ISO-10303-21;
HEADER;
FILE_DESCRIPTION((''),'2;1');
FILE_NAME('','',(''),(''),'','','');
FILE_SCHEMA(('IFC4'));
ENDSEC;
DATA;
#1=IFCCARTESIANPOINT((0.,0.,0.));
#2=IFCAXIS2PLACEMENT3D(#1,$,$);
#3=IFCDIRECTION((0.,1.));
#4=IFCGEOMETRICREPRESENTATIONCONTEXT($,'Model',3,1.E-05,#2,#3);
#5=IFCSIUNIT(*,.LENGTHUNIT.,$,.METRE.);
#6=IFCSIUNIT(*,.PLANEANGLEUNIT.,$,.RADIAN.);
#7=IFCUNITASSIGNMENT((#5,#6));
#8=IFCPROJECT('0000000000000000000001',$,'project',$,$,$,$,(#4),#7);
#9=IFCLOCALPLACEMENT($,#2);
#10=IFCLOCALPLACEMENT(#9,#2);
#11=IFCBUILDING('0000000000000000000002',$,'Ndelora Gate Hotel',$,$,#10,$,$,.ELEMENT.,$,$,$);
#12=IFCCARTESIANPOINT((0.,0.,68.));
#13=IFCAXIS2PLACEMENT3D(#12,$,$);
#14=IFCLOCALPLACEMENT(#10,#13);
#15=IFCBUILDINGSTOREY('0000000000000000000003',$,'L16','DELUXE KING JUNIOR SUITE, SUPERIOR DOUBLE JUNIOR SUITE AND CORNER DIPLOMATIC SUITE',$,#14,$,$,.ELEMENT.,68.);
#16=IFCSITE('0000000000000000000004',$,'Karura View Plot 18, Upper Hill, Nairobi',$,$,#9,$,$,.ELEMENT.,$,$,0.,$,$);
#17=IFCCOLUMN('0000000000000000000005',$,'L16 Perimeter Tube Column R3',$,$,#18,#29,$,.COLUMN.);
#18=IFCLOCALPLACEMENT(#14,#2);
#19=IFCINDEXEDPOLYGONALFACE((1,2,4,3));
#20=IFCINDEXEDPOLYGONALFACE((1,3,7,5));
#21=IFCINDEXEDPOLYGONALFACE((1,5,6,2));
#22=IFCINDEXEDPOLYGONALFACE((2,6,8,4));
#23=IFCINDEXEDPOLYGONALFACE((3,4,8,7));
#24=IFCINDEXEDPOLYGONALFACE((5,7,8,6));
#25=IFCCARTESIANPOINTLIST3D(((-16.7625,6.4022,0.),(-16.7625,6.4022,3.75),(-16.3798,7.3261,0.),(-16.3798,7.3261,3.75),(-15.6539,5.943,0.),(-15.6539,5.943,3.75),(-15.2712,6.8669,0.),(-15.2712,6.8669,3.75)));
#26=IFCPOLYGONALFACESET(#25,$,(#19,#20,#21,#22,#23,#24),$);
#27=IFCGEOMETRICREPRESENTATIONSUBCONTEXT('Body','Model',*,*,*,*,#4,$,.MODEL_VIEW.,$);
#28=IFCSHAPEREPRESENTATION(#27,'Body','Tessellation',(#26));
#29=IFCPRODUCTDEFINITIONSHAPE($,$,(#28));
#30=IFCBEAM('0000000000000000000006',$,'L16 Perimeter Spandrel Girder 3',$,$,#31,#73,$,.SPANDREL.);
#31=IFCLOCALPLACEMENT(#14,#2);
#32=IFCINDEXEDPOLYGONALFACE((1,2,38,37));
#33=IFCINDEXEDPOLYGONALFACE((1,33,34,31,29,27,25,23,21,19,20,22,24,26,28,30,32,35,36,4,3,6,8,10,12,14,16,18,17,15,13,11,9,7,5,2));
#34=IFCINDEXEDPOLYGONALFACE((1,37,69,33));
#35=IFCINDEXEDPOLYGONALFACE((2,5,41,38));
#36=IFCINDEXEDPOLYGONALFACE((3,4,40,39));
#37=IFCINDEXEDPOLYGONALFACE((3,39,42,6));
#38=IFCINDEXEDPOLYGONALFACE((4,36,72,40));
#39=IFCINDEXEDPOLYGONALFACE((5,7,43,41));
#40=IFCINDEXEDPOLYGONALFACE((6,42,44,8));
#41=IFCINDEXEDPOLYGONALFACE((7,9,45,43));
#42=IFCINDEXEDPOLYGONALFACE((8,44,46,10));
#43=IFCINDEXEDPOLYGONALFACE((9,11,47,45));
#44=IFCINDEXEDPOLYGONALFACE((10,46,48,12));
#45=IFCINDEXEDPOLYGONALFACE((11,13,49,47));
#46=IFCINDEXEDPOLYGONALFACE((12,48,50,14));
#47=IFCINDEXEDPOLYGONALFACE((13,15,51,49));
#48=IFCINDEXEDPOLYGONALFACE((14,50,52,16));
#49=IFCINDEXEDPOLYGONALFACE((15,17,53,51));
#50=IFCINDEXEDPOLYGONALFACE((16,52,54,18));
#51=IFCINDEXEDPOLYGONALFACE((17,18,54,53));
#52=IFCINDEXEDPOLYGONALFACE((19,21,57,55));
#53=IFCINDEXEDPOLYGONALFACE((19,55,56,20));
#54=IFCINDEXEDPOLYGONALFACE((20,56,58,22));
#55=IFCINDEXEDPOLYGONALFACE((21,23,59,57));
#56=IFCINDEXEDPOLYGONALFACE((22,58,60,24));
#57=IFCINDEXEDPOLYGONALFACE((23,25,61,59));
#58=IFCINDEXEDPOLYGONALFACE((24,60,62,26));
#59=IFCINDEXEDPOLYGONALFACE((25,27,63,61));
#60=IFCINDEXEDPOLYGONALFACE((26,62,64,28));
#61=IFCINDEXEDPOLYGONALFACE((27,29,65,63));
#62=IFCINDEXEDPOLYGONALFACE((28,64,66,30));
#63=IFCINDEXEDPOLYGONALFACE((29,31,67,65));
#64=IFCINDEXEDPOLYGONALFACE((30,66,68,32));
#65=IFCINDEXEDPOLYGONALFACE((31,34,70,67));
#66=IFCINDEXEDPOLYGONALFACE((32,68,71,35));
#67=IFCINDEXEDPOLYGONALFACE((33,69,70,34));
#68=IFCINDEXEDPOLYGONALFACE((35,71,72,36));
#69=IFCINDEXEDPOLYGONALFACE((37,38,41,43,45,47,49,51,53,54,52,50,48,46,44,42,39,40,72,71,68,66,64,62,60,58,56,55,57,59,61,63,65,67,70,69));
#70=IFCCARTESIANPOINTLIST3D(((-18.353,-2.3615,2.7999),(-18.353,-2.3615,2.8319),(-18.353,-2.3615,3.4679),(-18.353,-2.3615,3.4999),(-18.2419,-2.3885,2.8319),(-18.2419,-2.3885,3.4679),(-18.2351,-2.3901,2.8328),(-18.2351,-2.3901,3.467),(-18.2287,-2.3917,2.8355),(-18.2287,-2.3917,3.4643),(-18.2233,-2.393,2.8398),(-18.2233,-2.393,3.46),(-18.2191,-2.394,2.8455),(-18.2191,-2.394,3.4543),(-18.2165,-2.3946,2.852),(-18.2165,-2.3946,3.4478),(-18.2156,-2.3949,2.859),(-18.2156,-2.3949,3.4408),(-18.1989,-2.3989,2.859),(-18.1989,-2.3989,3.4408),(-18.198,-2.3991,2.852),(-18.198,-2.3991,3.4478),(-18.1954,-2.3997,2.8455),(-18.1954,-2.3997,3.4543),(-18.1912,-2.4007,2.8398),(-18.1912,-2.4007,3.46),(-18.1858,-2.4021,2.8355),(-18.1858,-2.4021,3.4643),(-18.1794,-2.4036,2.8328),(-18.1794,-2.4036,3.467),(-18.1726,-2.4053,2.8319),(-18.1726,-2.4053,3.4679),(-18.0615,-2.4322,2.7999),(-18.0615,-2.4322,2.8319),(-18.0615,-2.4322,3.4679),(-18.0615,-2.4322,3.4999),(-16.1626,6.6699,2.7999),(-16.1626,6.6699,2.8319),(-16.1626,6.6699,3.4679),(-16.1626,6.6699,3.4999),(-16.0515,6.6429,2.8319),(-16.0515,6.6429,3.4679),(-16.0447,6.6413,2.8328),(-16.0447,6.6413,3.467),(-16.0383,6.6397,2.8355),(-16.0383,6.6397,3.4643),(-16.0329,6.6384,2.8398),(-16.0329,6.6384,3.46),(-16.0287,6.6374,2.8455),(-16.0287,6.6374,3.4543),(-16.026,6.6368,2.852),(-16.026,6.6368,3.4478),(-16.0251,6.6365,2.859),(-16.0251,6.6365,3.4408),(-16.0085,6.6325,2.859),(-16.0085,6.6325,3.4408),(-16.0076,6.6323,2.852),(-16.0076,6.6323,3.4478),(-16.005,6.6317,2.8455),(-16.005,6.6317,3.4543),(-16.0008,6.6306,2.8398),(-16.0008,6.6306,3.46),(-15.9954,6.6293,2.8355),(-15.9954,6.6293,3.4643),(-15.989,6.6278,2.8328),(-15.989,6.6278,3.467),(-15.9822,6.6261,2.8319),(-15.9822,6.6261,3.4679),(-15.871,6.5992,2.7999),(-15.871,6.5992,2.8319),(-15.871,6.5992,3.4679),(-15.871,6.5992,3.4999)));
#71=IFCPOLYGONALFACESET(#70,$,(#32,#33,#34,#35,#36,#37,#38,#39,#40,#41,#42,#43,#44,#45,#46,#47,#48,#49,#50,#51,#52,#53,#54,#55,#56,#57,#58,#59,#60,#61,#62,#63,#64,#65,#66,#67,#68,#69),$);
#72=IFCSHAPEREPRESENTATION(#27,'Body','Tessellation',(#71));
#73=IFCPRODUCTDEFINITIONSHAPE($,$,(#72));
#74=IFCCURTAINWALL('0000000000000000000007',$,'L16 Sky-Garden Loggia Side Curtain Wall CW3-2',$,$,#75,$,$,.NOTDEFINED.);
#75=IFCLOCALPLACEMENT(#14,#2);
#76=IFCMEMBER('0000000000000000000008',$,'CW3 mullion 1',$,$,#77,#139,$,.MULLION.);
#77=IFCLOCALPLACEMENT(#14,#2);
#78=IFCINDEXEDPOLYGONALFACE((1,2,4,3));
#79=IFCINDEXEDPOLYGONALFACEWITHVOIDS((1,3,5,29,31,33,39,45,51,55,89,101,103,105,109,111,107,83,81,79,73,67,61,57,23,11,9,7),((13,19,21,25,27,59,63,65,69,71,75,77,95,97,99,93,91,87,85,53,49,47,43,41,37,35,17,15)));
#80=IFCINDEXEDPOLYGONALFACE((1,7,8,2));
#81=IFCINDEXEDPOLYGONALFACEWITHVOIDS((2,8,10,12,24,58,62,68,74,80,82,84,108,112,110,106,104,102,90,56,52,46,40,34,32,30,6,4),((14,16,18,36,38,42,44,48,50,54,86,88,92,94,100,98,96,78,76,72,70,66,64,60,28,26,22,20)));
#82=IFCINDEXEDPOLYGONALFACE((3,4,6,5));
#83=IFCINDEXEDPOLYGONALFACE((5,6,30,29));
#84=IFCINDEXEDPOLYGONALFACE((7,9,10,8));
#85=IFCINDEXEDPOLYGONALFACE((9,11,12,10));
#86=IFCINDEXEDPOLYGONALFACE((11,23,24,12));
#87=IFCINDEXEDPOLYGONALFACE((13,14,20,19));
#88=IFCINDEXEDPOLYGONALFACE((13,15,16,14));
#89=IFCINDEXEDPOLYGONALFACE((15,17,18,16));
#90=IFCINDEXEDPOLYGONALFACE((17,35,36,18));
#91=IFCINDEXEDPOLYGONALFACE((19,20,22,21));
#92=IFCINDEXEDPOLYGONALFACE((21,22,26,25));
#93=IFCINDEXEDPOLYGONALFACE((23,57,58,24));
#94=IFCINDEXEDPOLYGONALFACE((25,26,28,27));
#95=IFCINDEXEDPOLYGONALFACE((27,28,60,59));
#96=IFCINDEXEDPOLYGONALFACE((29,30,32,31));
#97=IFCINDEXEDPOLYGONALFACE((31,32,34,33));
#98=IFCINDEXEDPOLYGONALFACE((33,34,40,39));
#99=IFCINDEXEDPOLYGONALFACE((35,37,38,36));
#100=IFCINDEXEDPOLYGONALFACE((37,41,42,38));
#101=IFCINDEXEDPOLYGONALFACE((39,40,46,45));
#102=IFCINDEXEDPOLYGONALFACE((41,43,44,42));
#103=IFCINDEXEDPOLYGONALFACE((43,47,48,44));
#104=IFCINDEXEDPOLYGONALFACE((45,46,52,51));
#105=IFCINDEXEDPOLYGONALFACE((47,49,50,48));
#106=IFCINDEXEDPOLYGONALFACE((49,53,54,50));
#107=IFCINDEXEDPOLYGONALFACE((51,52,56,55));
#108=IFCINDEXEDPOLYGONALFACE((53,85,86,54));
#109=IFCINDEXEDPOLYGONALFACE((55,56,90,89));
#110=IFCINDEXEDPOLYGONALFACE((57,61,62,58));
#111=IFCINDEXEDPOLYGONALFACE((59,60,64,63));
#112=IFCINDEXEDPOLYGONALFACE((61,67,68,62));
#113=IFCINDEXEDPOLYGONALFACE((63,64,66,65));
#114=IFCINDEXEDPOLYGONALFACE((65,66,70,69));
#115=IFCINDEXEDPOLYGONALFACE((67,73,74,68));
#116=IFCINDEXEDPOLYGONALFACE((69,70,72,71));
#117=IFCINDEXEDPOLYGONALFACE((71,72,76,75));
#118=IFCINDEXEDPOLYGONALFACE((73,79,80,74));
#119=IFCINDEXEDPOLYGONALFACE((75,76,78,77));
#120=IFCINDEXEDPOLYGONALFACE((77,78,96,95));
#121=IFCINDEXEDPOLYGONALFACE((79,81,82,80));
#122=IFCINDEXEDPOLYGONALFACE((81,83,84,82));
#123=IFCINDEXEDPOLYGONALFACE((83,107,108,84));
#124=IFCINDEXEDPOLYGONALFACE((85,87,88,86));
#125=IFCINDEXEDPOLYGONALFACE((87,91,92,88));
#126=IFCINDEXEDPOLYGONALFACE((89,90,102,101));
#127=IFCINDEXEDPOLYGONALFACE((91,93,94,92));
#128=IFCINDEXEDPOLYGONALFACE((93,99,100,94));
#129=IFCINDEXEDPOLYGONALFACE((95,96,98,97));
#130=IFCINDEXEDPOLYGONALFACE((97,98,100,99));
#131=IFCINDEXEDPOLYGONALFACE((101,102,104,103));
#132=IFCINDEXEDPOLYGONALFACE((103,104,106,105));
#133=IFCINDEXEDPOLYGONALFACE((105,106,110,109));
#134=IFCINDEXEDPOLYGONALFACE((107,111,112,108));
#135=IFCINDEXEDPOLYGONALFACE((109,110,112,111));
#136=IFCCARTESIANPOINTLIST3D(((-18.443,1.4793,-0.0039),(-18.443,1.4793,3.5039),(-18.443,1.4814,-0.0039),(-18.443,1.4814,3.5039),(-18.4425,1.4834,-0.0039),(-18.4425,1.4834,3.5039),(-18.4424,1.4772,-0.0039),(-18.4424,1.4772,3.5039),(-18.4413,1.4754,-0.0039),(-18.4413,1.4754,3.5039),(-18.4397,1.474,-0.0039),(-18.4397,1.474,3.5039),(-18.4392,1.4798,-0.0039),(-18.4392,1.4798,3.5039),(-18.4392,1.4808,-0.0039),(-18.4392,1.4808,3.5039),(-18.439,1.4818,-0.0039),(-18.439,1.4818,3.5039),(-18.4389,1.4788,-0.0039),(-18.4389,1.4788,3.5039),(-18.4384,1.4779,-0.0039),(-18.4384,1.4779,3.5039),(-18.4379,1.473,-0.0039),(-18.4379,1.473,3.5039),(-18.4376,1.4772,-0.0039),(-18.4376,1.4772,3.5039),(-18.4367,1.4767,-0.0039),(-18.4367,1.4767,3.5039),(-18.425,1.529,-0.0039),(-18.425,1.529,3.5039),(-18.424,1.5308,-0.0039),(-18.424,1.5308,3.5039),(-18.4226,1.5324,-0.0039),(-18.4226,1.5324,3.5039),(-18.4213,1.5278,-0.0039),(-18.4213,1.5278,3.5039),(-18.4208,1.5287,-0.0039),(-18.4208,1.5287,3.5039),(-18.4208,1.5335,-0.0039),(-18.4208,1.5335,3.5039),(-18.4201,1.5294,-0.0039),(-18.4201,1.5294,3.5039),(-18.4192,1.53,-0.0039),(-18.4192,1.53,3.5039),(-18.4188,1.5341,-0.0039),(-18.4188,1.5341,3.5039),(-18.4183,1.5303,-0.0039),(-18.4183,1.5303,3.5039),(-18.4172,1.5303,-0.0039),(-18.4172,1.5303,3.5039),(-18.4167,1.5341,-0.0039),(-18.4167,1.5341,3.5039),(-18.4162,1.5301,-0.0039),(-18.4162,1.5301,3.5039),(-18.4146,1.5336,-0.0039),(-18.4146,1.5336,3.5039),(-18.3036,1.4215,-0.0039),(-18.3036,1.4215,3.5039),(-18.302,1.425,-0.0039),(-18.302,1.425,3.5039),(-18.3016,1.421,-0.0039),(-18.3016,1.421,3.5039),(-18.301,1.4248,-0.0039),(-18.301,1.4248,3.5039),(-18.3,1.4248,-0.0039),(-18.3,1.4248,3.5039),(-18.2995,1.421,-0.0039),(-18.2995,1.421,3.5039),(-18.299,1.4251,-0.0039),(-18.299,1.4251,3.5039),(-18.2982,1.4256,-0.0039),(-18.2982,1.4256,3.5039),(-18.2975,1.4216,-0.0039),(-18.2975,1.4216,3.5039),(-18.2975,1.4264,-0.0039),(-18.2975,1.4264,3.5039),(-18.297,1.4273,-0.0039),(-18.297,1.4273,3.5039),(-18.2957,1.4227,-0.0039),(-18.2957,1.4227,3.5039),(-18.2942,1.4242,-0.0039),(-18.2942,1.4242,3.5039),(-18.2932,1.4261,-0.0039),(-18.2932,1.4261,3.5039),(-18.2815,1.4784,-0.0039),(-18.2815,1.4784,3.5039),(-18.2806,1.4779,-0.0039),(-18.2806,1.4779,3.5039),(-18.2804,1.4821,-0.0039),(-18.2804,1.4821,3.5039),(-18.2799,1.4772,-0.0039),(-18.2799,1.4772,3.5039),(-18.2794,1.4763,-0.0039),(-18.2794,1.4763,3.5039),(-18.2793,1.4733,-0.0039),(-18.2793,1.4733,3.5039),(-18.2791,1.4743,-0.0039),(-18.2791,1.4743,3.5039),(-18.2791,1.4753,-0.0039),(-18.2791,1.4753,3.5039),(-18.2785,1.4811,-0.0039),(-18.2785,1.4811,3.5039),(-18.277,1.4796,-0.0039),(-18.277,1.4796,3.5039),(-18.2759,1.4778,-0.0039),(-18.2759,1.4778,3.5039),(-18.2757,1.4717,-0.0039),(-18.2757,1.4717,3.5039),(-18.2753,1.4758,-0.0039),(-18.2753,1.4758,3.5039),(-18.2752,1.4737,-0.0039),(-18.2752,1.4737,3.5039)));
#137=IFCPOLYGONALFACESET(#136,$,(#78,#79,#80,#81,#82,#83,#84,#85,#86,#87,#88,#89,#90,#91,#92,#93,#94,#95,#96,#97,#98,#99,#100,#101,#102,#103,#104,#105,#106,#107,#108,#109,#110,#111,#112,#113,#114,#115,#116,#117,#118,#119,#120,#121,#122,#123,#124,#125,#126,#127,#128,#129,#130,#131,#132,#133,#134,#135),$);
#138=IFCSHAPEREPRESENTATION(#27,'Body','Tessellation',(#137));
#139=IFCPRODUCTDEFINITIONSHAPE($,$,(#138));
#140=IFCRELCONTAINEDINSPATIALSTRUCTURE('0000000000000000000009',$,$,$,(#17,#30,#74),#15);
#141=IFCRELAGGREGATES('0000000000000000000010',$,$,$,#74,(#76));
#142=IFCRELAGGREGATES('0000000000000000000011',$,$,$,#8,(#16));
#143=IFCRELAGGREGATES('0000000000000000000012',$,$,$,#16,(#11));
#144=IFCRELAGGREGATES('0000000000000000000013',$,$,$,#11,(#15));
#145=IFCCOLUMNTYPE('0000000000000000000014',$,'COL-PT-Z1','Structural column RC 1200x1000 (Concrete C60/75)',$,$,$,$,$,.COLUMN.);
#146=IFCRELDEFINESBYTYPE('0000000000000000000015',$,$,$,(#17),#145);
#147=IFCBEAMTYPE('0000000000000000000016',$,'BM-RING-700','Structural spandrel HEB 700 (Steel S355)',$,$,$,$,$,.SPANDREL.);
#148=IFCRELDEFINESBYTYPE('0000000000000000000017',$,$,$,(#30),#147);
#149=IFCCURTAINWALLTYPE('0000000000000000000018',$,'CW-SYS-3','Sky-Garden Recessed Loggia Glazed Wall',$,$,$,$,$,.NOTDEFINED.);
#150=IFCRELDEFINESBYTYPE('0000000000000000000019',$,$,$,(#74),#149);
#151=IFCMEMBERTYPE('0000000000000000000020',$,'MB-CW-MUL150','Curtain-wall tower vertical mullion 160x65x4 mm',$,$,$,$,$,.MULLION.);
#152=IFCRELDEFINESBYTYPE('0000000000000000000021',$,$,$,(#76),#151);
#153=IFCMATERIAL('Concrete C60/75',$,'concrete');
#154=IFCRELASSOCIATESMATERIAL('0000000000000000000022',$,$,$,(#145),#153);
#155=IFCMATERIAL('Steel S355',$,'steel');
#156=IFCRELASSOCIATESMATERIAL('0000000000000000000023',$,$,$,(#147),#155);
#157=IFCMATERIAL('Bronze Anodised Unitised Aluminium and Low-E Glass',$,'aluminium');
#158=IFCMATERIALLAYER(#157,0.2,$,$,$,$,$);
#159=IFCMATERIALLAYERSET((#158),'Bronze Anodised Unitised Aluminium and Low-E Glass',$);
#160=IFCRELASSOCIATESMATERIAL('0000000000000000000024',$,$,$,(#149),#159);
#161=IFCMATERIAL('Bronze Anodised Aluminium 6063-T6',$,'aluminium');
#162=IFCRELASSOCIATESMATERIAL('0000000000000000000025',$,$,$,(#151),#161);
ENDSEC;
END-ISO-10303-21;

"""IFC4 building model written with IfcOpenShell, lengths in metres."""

from ifc_helpers import new_model, si_unit, direction, frame, origin, origin_2d, place, context, subcontext, project, spatial, rectangle, hollow_rectangle, i_section, extrude, material, layer, layer_set, material_profile, profile_set, type_object, element, aggregate, save


model = new_model("IFC4")

# Units and contexts
model_context = context("Model", 3, precision=1e-05, world=origin(), true_north=direction((0.0, 1.0)))
body_context = subcontext(model_context, "Body", "Model", "MODEL_VIEW")
ifc_project = project(units=[si_unit("LENGTHUNIT", "METRE"), si_unit("PLANEANGLEUNIT", "RADIAN")], contexts=[model_context])

# Site, building, storey
site_placement = place(None, origin())
site = spatial("IfcSite", under=ifc_project, at=site_placement, Name="Karura View Plot 18, Upper Hill, Nairobi", CompositionType="ELEMENT", RefElevation=0.0)
building_placement = place(site_placement, origin())
building = spatial("IfcBuilding", under=site, at=building_placement, Name="Ndelora Gate Hotel", CompositionType="ELEMENT")
storey_placement = place(building_placement, frame((0.0, 0.0, 68.0)))
storey = spatial("IfcBuildingStorey", under=building, at=storey_placement, Name="L16", Description="DELUXE KING JUNIOR SUITE, SUPERIOR DOUBLE JUNIOR SUITE AND CORNER DIPLOMATIC SUITE", CompositionType="ELEMENT", Elevation=68.0)

# Column
ifc_material_1 = material(Name="Concrete C60/75", Category="concrete")
ifc_material_profile_1 = material_profile(ifc_material_1, rectangle(XDim=1.0, YDim=1.2, at=origin_2d()), Name="RC 1200x1000")
ifc_profile_set_1 = profile_set([ifc_material_profile_1], Name="Concrete C60/75")
column_type = type_object("IfcColumnType", Name="COL-PT-Z1", Description="Structural column RC 1200x1000 (Concrete C60/75)", PredefinedType="COLUMN", material=ifc_profile_set_1)
column_placement = place(storey_placement, frame((-16.0168, 6.6345, 0.0), z_axis=(0.0, 0.0, 1.0), x_axis=(0.382683, 0.92388, 0.0)))
element("IfcColumn", 1, at=column_placement, inside=storey, type_object=column_type, Name="L16 Perimeter Tube Column R3", PredefinedType="COLUMN", context=body_context, shape_type="SweptSolid", body=[
    extrude(rectangle(XDim=1.0, YDim=1.2, at=origin_2d()), origin(), (0.0, 0.0, 1.0), 3.75),
])

# Beam
ifc_material_2 = material(Name="Steel S355", Category="steel")
ifc_material_profile_2 = material_profile(ifc_material_2, i_section(OverallWidth=0.3, OverallDepth=0.7, WebThickness=0.0171, FlangeThickness=0.032, FilletRadius=0.0271, at=origin_2d()), Name="HEB 700")
ifc_profile_set_2 = profile_set([ifc_material_profile_2], Name="Steel S355")
beam_type = type_object("IfcBeamType", Name="BM-RING-700", Description="Structural spandrel HEB 700 (Steel S355)", PredefinedType="SPANDREL", material=ifc_profile_set_2)
beam_placement = place(storey_placement, frame((-16.0168, 6.6345, 3.1499), z_axis=(-0.235699, -0.971826, 0.0), x_axis=(0.971826, -0.235699, 0.0)))
element("IfcBeam", 2, at=beam_placement, inside=storey, type_object=beam_type, Name="L16 Perimeter Spandrel Girder 3", PredefinedType="SPANDREL", context=body_context, shape_type="SweptSolid", body=[
    extrude(i_section(OverallWidth=0.3, OverallDepth=0.7, WebThickness=0.0171, FlangeThickness=0.032, FilletRadius=0.0271, at=origin_2d()), origin(), (0.0, 0.0, 1.0), 9.2932),
])

# Curtain wall, member
ifc_material_3 = material(Name="Bronze Anodised Unitised Aluminium and Low-E Glass", Category="aluminium")
ifc_layer_1 = layer(ifc_material_3, 0.2)
ifc_layer_set_1 = layer_set([ifc_layer_1], Name="Bronze Anodised Unitised Aluminium and Low-E Glass")
curtain_wall_type = type_object("IfcCurtainWallType", Name="CW-SYS-3", Description="Sky-Garden Recessed Loggia Glazed Wall", PredefinedType="NOTDEFINED", material=ifc_layer_set_1)
curtain_wall_placement = place(storey_placement, origin())
curtain_wall = element("IfcCurtainWall", 3, at=curtain_wall_placement, inside=storey, type_object=curtain_wall_type, Name="L16 Sky-Garden Loggia Side Curtain Wall CW3-2", PredefinedType="NOTDEFINED")
ifc_material_4 = material(Name="Bronze Anodised Aluminium 6063-T6", Category="aluminium")
ifc_material_profile_3 = material_profile(ifc_material_4, hollow_rectangle(XDim=0.0649, YDim=0.1599, WallThickness=0.0039, InnerFilletRadius=0.0039, OuterFilletRadius=0.0081, at=origin_2d()), Name="ALU 160x65x4")
ifc_profile_set_3 = profile_set([ifc_material_profile_3], Name="Bronze Anodised Aluminium 6063-T6")
member_type_1 = type_object("IfcMemberType", Name="MB-CW-MUL150", Description="Curtain-wall tower vertical mullion 160x65x4 mm", PredefinedType="MULLION", material=ifc_profile_set_3)
member_1_placement = place(storey_placement, frame((-18.3591, 1.4775, -0.0039), z_axis=(0.0, 0.0, 1.0), x_axis=(0.358376, 0.933577, 0.0)))
member_1 = element("IfcMember", 4, at=member_1_placement, type_object=member_type_1, Name="CW3 mullion 1", PredefinedType="MULLION", context=body_context, shape_type="SweptSolid", body=[
    extrude(hollow_rectangle(XDim=0.0649, YDim=0.1599, WallThickness=0.0039, InnerFilletRadius=0.0039, OuterFilletRadius=0.0081, at=origin_2d()), origin(), (0.0, 0.0, 1.0), 3.5078),
])
aggregate(curtain_wall, [member_1])

save(model, "model.ifc")
